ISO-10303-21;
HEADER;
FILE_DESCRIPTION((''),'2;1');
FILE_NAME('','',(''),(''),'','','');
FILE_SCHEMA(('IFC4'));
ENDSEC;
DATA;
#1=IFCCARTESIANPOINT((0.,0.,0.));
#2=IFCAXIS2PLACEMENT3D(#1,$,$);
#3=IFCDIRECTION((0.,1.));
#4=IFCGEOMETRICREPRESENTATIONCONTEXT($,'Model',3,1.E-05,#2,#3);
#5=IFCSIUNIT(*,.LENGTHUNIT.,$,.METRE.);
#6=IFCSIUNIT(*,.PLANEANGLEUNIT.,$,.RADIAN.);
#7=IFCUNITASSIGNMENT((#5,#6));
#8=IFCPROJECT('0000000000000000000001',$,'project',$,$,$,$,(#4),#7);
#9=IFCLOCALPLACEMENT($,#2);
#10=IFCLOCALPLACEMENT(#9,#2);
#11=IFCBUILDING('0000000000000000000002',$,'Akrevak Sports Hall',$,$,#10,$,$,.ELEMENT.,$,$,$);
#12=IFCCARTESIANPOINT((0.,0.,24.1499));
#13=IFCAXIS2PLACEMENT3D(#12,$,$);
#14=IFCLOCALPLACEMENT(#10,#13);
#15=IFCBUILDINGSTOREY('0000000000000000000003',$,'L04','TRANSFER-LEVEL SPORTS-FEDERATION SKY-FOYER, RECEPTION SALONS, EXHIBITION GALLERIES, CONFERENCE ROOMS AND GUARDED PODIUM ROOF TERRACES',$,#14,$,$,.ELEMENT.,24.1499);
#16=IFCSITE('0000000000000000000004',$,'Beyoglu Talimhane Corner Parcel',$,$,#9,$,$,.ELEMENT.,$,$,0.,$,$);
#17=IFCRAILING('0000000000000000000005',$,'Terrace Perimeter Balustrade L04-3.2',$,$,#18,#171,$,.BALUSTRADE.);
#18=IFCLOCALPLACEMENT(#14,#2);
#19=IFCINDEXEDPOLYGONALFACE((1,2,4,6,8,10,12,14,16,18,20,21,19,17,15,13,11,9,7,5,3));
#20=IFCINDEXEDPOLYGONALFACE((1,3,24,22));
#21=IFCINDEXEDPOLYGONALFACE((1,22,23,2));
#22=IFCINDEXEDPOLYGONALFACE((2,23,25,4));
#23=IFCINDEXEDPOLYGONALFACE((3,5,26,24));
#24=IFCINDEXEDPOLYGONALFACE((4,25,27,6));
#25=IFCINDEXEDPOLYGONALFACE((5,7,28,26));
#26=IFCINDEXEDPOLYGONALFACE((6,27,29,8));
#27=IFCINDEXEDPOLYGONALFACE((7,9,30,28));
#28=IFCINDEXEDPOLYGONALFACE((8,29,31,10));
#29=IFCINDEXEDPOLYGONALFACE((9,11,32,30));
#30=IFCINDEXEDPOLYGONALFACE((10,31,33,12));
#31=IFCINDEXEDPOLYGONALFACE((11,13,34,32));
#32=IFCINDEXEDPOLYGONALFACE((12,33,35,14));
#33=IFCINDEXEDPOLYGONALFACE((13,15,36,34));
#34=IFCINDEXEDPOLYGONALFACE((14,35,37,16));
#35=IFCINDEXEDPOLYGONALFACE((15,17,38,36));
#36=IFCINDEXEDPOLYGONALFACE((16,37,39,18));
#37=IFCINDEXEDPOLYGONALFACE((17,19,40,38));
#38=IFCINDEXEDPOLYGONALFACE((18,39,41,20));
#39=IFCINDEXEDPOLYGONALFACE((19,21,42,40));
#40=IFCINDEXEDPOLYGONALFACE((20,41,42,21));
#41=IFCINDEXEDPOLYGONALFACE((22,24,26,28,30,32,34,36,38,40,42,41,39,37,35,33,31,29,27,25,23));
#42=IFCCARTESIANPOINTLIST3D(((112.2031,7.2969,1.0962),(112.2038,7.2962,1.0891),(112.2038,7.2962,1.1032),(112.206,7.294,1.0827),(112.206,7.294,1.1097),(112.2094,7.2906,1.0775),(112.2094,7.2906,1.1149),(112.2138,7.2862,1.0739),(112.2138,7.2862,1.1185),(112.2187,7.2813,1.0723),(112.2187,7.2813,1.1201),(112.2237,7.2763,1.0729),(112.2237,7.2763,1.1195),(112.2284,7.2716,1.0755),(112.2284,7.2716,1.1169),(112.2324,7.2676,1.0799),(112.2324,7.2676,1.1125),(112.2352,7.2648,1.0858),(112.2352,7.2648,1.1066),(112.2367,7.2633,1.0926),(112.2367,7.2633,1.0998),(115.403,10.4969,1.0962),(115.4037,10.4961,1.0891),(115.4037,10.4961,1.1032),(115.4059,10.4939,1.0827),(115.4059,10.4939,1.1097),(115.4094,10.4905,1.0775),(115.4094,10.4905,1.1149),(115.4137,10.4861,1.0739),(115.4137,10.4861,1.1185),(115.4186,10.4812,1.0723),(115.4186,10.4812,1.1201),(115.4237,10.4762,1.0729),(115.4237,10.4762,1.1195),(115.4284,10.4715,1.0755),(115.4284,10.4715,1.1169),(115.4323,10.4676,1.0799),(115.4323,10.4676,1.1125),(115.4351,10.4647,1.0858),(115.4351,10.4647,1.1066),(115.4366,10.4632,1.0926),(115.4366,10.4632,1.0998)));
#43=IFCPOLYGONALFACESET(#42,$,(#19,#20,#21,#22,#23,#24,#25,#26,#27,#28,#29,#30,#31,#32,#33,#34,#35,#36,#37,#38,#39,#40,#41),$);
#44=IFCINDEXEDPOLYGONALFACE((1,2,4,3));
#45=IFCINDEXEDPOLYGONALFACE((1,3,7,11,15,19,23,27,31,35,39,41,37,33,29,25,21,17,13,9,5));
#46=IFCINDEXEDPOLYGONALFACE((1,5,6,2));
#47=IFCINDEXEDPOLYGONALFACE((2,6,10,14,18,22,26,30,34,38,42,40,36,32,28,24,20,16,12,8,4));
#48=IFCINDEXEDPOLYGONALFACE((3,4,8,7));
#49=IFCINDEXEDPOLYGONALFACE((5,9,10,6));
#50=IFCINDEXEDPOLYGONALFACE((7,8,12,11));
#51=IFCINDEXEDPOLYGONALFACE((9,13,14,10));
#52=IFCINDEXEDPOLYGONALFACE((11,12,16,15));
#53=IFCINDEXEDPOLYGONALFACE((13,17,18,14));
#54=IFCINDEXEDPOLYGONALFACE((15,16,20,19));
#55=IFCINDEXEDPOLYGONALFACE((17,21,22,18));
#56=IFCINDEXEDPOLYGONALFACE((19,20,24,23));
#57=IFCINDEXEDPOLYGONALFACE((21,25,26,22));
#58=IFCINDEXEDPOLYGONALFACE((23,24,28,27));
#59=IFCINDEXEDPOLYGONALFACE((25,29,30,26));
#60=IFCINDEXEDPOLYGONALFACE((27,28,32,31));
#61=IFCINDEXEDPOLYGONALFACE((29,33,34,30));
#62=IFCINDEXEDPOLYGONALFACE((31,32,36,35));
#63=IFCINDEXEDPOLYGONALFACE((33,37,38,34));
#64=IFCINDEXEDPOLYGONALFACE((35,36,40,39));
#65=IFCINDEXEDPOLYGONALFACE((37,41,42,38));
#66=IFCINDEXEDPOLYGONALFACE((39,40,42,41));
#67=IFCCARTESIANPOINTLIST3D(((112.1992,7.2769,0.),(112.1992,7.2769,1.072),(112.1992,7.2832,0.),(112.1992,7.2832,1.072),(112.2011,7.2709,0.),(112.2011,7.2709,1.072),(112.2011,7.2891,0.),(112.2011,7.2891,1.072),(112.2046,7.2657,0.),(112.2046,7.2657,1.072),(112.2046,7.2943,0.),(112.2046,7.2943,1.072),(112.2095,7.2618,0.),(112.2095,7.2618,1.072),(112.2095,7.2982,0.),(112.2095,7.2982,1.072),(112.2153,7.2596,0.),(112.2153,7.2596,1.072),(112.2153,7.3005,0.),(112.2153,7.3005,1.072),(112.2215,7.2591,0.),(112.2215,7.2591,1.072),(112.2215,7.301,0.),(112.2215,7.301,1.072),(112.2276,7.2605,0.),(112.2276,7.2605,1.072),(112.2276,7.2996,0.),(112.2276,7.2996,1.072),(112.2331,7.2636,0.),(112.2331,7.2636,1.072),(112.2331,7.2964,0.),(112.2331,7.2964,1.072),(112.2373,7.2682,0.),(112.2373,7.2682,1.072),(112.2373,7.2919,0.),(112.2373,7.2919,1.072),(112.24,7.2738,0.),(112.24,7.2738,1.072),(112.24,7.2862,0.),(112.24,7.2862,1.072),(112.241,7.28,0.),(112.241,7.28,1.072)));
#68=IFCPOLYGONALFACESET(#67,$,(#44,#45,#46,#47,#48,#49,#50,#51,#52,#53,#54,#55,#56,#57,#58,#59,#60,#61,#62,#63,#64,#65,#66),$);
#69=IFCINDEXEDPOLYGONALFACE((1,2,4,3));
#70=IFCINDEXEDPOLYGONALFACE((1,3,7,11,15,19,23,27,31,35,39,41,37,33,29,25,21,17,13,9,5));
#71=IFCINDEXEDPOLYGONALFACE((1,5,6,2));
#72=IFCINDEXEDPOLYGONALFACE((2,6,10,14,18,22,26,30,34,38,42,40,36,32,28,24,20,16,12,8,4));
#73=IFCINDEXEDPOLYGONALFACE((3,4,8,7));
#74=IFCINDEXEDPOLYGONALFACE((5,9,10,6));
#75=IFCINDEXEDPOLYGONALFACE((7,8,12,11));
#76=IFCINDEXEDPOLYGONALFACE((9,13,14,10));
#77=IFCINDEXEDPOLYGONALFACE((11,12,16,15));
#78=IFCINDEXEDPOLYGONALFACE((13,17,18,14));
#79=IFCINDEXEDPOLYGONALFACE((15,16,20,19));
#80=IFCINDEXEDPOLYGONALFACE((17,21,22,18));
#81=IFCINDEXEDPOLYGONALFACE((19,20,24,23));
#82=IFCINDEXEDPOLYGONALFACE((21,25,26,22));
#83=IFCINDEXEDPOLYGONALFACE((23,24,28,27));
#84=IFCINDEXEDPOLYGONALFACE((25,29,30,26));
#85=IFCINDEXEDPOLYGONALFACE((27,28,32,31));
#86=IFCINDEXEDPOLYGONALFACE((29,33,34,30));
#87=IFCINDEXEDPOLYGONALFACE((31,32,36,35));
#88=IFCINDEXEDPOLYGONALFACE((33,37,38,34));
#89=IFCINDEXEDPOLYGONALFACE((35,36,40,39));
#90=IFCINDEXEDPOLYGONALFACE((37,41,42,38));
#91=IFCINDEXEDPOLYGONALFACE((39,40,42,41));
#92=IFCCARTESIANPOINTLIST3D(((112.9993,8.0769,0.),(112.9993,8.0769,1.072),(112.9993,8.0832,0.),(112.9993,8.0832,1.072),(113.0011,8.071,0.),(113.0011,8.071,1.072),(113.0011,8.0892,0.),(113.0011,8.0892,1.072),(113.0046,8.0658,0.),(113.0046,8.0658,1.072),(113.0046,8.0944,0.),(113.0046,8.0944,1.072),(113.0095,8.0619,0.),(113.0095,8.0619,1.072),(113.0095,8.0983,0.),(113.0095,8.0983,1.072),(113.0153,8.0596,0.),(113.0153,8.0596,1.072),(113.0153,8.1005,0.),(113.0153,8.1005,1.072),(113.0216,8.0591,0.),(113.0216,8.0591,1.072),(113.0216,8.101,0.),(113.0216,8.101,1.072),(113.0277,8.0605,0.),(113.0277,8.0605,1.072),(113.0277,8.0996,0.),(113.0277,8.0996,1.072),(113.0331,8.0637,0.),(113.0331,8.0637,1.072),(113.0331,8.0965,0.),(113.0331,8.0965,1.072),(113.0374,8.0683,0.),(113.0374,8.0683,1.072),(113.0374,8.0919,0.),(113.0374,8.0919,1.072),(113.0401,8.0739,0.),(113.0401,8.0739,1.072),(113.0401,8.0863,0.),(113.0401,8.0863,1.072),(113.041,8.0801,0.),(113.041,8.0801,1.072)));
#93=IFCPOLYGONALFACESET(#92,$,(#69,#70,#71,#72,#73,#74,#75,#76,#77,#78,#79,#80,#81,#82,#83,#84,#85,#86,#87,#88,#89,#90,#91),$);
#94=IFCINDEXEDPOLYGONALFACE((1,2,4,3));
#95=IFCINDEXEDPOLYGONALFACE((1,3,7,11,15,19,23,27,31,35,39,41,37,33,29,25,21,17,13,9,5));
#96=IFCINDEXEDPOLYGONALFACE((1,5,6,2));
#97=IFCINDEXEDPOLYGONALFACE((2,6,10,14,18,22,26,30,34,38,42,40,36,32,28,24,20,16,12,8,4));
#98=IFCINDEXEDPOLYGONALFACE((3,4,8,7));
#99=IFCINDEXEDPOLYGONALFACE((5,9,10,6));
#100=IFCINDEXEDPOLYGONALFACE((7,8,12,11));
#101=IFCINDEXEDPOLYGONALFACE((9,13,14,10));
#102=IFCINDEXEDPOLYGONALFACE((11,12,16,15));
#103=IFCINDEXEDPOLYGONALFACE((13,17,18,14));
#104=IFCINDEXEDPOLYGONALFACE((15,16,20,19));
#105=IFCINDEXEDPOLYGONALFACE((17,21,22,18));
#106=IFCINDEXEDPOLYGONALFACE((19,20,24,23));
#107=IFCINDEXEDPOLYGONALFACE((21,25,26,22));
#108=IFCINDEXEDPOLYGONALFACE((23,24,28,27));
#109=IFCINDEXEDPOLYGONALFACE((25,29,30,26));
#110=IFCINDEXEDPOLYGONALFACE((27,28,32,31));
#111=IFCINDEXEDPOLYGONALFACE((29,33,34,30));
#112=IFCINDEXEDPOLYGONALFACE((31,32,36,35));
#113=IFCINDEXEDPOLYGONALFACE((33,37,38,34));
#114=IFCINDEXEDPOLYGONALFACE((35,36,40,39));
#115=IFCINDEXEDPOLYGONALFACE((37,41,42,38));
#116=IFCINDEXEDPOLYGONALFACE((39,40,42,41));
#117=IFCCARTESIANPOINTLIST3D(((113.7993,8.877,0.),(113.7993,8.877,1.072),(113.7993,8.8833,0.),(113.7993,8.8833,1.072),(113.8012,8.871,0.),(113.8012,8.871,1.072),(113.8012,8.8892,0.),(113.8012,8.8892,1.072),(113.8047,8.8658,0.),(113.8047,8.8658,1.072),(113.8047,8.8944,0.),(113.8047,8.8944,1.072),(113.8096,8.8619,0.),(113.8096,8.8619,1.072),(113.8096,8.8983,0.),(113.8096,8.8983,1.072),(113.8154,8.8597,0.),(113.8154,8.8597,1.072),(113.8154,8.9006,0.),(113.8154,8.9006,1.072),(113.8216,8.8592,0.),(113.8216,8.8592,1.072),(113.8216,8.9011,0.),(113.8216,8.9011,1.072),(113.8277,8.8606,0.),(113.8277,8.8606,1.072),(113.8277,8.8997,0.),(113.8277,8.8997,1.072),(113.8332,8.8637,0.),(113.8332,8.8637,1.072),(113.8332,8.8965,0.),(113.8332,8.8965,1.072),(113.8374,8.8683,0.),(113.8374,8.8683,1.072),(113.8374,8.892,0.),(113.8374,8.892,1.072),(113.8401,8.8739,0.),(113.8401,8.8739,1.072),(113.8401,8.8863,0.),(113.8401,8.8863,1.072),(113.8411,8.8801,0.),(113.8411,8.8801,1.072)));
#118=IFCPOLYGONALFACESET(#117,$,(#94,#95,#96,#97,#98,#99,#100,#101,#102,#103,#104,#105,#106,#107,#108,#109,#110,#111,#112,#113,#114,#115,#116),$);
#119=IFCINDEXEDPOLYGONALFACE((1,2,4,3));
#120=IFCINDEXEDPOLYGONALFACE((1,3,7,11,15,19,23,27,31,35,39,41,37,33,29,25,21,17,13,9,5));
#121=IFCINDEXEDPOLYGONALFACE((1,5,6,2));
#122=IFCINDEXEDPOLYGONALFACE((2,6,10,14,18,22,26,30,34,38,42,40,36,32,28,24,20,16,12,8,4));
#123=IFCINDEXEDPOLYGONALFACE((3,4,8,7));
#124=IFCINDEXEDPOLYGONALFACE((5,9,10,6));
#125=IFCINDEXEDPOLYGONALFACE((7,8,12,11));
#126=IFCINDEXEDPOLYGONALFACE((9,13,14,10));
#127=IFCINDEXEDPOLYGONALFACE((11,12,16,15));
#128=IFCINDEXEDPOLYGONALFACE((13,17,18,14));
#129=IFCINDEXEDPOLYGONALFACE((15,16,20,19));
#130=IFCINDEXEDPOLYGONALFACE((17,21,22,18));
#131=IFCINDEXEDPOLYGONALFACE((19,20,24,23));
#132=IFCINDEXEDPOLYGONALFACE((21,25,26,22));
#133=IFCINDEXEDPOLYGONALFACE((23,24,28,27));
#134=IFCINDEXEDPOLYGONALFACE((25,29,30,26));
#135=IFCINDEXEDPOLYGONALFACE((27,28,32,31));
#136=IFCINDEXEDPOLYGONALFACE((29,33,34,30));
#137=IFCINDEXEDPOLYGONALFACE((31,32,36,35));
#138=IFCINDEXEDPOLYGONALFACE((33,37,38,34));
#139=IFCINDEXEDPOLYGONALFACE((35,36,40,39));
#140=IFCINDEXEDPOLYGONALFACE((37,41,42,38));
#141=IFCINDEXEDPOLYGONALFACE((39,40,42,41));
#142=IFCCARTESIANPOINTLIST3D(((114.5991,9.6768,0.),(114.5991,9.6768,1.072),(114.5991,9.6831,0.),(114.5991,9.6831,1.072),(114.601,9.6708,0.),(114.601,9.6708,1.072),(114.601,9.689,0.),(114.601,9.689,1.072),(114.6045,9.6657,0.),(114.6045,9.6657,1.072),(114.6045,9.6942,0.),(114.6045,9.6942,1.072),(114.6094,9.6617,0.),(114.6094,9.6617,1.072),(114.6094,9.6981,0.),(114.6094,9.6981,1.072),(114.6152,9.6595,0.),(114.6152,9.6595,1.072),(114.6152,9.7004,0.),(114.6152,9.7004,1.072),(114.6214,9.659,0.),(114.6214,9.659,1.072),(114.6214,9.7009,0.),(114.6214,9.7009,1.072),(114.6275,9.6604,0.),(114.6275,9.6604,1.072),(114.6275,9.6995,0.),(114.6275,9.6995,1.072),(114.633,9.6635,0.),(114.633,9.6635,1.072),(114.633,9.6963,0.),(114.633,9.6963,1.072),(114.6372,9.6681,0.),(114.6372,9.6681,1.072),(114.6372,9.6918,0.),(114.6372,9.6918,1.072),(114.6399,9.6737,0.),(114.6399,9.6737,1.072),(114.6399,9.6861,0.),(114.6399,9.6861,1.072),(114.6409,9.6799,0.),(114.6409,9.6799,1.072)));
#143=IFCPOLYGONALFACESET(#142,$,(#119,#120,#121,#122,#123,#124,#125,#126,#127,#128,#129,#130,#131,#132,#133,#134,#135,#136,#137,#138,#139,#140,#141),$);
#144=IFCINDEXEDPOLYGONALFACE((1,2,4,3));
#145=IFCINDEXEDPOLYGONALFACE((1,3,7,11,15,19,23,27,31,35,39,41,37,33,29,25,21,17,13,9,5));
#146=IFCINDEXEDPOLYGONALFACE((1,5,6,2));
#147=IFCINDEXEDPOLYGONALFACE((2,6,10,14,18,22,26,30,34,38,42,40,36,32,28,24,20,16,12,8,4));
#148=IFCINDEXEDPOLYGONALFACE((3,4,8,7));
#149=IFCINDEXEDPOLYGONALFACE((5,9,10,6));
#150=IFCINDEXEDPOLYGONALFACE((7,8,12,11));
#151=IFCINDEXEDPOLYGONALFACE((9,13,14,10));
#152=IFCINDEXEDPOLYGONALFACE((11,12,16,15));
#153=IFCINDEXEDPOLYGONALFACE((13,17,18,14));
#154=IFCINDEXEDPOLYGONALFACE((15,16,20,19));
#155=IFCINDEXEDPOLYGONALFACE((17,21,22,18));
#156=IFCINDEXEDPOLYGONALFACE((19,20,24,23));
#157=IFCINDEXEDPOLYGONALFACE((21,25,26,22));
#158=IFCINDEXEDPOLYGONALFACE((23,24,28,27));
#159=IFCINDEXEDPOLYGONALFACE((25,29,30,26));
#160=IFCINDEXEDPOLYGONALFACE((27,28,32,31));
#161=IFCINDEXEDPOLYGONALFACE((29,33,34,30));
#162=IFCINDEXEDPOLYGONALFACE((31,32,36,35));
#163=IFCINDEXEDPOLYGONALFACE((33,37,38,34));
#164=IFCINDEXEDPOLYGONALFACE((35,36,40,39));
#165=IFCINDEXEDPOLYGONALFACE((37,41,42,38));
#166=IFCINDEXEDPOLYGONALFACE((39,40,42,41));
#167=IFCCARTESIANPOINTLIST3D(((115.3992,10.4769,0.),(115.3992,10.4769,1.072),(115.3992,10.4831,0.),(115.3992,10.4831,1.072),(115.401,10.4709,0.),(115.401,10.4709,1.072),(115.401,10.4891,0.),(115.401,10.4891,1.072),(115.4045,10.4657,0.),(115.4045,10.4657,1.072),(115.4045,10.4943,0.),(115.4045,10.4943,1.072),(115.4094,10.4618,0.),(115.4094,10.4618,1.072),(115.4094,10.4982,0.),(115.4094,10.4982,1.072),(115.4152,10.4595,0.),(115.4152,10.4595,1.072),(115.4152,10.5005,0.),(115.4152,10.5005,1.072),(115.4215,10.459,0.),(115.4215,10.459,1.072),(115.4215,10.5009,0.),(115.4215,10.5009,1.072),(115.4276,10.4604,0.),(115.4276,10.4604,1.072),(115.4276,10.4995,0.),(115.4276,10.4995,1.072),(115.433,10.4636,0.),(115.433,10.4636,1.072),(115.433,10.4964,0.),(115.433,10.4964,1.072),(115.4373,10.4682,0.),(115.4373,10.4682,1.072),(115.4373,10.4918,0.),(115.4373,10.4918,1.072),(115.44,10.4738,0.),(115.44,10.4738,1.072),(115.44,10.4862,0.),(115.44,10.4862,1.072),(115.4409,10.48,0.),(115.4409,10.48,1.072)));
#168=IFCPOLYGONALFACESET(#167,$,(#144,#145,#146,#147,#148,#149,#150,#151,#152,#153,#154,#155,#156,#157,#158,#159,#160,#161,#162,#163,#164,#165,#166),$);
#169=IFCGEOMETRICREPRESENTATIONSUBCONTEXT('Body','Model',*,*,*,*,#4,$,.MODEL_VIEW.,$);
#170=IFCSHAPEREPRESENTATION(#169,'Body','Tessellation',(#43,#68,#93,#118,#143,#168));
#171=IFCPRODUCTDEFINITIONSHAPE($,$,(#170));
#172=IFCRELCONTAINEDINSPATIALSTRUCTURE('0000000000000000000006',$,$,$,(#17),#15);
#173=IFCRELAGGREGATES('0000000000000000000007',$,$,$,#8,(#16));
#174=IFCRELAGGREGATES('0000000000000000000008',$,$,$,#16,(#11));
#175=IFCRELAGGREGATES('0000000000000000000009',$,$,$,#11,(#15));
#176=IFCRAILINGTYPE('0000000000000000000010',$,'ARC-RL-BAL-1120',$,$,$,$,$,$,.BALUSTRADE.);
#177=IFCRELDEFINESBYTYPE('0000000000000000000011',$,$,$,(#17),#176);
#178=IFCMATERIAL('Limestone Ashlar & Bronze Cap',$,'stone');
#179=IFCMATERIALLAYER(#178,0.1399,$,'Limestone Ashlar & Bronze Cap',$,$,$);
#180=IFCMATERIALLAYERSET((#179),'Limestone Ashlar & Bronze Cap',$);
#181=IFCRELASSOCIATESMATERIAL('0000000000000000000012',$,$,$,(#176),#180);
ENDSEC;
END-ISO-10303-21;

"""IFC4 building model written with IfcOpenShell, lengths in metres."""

from ifc_helpers import new_model, si_unit, direction, frame, origin, origin_2d, place, context, subcontext, project, spatial, circle, extrude, material, layer, layer_set, type_object, element, save


model = new_model("IFC4")

# Units and contexts
model_context = context("Model", 3, precision=1e-05, world=origin(), true_north=direction((0.0, 1.0)))
body_context = subcontext(model_context, "Body", "Model", "MODEL_VIEW")
ifc_project = project(units=[si_unit("LENGTHUNIT", "METRE"), si_unit("PLANEANGLEUNIT", "RADIAN")], contexts=[model_context])

# Site, building, storey
site_placement = place(None, origin())
site = spatial("IfcSite", under=ifc_project, at=site_placement, Name="Beyoglu Talimhane Corner Parcel", CompositionType="ELEMENT", RefElevation=0.0)
building_placement = place(site_placement, origin())
building = spatial("IfcBuilding", under=site, at=building_placement, Name="Akrevak Sports Hall", CompositionType="ELEMENT")
storey_placement = place(building_placement, frame((0.0, 0.0, 24.1499)))
storey = spatial("IfcBuildingStorey", under=building, at=storey_placement, Name="L04", Description="TRANSFER-LEVEL SPORTS-FEDERATION SKY-FOYER, RECEPTION SALONS, EXHIBITION GALLERIES, CONFERENCE ROOMS AND GUARDED PODIUM ROOF TERRACES", CompositionType="ELEMENT", Elevation=24.1499)

# Railing
ifc_material_1 = material(Name="Limestone Ashlar & Bronze Cap", Category="stone")
ifc_layer_1 = layer(ifc_material_1, 0.1399, Name="Limestone Ashlar & Bronze Cap")
ifc_layer_set_1 = layer_set([ifc_layer_1], Name="Limestone Ashlar & Bronze Cap")
railing_type = type_object("IfcRailingType", Name="ARC-RL-BAL-1120", PredefinedType="BALUSTRADE", material=ifc_layer_set_1)
railing_placement = place(storey_placement, frame((112.22, 7.28, 0.0)))
element("IfcRailing", 1, at=railing_placement, inside=storey, type_object=railing_type, Name="Terrace Perimeter Balustrade L04-3.2", PredefinedType="BALUSTRADE", context=body_context, shape_type="SweptSolid", body=[
    extrude(circle(Radius=0.0239, at=origin_2d()), frame((0.0, 0.0, 1.0962), z_axis=(0.707107, 0.707107, 0.0), x_axis=(-0.707107, 0.707107, 0.0)), (0.0, 0.0, 1.0), 4.5254),
    extrude(circle(Radius=0.021, at=origin_2d()), origin(), (0.0, 0.0, 1.0), 1.072),
    extrude(circle(Radius=0.021, at=origin_2d()), frame((0.8, 0.8, 0.0)), (0.0, 0.0, 1.0), 1.072),
    extrude(circle(Radius=0.021, at=origin_2d()), frame((1.6001, 1.6001, 0.0)), (0.0, 0.0, 1.0), 1.072),
    extrude(circle(Radius=0.021, at=origin_2d()), frame((2.3999, 2.3999, 0.0)), (0.0, 0.0, 1.0), 1.072),
    extrude(circle(Radius=0.021, at=origin_2d()), frame((3.2, 3.2, 0.0)), (0.0, 0.0, 1.0), 1.072),
])

save(model, "model.ifc")
